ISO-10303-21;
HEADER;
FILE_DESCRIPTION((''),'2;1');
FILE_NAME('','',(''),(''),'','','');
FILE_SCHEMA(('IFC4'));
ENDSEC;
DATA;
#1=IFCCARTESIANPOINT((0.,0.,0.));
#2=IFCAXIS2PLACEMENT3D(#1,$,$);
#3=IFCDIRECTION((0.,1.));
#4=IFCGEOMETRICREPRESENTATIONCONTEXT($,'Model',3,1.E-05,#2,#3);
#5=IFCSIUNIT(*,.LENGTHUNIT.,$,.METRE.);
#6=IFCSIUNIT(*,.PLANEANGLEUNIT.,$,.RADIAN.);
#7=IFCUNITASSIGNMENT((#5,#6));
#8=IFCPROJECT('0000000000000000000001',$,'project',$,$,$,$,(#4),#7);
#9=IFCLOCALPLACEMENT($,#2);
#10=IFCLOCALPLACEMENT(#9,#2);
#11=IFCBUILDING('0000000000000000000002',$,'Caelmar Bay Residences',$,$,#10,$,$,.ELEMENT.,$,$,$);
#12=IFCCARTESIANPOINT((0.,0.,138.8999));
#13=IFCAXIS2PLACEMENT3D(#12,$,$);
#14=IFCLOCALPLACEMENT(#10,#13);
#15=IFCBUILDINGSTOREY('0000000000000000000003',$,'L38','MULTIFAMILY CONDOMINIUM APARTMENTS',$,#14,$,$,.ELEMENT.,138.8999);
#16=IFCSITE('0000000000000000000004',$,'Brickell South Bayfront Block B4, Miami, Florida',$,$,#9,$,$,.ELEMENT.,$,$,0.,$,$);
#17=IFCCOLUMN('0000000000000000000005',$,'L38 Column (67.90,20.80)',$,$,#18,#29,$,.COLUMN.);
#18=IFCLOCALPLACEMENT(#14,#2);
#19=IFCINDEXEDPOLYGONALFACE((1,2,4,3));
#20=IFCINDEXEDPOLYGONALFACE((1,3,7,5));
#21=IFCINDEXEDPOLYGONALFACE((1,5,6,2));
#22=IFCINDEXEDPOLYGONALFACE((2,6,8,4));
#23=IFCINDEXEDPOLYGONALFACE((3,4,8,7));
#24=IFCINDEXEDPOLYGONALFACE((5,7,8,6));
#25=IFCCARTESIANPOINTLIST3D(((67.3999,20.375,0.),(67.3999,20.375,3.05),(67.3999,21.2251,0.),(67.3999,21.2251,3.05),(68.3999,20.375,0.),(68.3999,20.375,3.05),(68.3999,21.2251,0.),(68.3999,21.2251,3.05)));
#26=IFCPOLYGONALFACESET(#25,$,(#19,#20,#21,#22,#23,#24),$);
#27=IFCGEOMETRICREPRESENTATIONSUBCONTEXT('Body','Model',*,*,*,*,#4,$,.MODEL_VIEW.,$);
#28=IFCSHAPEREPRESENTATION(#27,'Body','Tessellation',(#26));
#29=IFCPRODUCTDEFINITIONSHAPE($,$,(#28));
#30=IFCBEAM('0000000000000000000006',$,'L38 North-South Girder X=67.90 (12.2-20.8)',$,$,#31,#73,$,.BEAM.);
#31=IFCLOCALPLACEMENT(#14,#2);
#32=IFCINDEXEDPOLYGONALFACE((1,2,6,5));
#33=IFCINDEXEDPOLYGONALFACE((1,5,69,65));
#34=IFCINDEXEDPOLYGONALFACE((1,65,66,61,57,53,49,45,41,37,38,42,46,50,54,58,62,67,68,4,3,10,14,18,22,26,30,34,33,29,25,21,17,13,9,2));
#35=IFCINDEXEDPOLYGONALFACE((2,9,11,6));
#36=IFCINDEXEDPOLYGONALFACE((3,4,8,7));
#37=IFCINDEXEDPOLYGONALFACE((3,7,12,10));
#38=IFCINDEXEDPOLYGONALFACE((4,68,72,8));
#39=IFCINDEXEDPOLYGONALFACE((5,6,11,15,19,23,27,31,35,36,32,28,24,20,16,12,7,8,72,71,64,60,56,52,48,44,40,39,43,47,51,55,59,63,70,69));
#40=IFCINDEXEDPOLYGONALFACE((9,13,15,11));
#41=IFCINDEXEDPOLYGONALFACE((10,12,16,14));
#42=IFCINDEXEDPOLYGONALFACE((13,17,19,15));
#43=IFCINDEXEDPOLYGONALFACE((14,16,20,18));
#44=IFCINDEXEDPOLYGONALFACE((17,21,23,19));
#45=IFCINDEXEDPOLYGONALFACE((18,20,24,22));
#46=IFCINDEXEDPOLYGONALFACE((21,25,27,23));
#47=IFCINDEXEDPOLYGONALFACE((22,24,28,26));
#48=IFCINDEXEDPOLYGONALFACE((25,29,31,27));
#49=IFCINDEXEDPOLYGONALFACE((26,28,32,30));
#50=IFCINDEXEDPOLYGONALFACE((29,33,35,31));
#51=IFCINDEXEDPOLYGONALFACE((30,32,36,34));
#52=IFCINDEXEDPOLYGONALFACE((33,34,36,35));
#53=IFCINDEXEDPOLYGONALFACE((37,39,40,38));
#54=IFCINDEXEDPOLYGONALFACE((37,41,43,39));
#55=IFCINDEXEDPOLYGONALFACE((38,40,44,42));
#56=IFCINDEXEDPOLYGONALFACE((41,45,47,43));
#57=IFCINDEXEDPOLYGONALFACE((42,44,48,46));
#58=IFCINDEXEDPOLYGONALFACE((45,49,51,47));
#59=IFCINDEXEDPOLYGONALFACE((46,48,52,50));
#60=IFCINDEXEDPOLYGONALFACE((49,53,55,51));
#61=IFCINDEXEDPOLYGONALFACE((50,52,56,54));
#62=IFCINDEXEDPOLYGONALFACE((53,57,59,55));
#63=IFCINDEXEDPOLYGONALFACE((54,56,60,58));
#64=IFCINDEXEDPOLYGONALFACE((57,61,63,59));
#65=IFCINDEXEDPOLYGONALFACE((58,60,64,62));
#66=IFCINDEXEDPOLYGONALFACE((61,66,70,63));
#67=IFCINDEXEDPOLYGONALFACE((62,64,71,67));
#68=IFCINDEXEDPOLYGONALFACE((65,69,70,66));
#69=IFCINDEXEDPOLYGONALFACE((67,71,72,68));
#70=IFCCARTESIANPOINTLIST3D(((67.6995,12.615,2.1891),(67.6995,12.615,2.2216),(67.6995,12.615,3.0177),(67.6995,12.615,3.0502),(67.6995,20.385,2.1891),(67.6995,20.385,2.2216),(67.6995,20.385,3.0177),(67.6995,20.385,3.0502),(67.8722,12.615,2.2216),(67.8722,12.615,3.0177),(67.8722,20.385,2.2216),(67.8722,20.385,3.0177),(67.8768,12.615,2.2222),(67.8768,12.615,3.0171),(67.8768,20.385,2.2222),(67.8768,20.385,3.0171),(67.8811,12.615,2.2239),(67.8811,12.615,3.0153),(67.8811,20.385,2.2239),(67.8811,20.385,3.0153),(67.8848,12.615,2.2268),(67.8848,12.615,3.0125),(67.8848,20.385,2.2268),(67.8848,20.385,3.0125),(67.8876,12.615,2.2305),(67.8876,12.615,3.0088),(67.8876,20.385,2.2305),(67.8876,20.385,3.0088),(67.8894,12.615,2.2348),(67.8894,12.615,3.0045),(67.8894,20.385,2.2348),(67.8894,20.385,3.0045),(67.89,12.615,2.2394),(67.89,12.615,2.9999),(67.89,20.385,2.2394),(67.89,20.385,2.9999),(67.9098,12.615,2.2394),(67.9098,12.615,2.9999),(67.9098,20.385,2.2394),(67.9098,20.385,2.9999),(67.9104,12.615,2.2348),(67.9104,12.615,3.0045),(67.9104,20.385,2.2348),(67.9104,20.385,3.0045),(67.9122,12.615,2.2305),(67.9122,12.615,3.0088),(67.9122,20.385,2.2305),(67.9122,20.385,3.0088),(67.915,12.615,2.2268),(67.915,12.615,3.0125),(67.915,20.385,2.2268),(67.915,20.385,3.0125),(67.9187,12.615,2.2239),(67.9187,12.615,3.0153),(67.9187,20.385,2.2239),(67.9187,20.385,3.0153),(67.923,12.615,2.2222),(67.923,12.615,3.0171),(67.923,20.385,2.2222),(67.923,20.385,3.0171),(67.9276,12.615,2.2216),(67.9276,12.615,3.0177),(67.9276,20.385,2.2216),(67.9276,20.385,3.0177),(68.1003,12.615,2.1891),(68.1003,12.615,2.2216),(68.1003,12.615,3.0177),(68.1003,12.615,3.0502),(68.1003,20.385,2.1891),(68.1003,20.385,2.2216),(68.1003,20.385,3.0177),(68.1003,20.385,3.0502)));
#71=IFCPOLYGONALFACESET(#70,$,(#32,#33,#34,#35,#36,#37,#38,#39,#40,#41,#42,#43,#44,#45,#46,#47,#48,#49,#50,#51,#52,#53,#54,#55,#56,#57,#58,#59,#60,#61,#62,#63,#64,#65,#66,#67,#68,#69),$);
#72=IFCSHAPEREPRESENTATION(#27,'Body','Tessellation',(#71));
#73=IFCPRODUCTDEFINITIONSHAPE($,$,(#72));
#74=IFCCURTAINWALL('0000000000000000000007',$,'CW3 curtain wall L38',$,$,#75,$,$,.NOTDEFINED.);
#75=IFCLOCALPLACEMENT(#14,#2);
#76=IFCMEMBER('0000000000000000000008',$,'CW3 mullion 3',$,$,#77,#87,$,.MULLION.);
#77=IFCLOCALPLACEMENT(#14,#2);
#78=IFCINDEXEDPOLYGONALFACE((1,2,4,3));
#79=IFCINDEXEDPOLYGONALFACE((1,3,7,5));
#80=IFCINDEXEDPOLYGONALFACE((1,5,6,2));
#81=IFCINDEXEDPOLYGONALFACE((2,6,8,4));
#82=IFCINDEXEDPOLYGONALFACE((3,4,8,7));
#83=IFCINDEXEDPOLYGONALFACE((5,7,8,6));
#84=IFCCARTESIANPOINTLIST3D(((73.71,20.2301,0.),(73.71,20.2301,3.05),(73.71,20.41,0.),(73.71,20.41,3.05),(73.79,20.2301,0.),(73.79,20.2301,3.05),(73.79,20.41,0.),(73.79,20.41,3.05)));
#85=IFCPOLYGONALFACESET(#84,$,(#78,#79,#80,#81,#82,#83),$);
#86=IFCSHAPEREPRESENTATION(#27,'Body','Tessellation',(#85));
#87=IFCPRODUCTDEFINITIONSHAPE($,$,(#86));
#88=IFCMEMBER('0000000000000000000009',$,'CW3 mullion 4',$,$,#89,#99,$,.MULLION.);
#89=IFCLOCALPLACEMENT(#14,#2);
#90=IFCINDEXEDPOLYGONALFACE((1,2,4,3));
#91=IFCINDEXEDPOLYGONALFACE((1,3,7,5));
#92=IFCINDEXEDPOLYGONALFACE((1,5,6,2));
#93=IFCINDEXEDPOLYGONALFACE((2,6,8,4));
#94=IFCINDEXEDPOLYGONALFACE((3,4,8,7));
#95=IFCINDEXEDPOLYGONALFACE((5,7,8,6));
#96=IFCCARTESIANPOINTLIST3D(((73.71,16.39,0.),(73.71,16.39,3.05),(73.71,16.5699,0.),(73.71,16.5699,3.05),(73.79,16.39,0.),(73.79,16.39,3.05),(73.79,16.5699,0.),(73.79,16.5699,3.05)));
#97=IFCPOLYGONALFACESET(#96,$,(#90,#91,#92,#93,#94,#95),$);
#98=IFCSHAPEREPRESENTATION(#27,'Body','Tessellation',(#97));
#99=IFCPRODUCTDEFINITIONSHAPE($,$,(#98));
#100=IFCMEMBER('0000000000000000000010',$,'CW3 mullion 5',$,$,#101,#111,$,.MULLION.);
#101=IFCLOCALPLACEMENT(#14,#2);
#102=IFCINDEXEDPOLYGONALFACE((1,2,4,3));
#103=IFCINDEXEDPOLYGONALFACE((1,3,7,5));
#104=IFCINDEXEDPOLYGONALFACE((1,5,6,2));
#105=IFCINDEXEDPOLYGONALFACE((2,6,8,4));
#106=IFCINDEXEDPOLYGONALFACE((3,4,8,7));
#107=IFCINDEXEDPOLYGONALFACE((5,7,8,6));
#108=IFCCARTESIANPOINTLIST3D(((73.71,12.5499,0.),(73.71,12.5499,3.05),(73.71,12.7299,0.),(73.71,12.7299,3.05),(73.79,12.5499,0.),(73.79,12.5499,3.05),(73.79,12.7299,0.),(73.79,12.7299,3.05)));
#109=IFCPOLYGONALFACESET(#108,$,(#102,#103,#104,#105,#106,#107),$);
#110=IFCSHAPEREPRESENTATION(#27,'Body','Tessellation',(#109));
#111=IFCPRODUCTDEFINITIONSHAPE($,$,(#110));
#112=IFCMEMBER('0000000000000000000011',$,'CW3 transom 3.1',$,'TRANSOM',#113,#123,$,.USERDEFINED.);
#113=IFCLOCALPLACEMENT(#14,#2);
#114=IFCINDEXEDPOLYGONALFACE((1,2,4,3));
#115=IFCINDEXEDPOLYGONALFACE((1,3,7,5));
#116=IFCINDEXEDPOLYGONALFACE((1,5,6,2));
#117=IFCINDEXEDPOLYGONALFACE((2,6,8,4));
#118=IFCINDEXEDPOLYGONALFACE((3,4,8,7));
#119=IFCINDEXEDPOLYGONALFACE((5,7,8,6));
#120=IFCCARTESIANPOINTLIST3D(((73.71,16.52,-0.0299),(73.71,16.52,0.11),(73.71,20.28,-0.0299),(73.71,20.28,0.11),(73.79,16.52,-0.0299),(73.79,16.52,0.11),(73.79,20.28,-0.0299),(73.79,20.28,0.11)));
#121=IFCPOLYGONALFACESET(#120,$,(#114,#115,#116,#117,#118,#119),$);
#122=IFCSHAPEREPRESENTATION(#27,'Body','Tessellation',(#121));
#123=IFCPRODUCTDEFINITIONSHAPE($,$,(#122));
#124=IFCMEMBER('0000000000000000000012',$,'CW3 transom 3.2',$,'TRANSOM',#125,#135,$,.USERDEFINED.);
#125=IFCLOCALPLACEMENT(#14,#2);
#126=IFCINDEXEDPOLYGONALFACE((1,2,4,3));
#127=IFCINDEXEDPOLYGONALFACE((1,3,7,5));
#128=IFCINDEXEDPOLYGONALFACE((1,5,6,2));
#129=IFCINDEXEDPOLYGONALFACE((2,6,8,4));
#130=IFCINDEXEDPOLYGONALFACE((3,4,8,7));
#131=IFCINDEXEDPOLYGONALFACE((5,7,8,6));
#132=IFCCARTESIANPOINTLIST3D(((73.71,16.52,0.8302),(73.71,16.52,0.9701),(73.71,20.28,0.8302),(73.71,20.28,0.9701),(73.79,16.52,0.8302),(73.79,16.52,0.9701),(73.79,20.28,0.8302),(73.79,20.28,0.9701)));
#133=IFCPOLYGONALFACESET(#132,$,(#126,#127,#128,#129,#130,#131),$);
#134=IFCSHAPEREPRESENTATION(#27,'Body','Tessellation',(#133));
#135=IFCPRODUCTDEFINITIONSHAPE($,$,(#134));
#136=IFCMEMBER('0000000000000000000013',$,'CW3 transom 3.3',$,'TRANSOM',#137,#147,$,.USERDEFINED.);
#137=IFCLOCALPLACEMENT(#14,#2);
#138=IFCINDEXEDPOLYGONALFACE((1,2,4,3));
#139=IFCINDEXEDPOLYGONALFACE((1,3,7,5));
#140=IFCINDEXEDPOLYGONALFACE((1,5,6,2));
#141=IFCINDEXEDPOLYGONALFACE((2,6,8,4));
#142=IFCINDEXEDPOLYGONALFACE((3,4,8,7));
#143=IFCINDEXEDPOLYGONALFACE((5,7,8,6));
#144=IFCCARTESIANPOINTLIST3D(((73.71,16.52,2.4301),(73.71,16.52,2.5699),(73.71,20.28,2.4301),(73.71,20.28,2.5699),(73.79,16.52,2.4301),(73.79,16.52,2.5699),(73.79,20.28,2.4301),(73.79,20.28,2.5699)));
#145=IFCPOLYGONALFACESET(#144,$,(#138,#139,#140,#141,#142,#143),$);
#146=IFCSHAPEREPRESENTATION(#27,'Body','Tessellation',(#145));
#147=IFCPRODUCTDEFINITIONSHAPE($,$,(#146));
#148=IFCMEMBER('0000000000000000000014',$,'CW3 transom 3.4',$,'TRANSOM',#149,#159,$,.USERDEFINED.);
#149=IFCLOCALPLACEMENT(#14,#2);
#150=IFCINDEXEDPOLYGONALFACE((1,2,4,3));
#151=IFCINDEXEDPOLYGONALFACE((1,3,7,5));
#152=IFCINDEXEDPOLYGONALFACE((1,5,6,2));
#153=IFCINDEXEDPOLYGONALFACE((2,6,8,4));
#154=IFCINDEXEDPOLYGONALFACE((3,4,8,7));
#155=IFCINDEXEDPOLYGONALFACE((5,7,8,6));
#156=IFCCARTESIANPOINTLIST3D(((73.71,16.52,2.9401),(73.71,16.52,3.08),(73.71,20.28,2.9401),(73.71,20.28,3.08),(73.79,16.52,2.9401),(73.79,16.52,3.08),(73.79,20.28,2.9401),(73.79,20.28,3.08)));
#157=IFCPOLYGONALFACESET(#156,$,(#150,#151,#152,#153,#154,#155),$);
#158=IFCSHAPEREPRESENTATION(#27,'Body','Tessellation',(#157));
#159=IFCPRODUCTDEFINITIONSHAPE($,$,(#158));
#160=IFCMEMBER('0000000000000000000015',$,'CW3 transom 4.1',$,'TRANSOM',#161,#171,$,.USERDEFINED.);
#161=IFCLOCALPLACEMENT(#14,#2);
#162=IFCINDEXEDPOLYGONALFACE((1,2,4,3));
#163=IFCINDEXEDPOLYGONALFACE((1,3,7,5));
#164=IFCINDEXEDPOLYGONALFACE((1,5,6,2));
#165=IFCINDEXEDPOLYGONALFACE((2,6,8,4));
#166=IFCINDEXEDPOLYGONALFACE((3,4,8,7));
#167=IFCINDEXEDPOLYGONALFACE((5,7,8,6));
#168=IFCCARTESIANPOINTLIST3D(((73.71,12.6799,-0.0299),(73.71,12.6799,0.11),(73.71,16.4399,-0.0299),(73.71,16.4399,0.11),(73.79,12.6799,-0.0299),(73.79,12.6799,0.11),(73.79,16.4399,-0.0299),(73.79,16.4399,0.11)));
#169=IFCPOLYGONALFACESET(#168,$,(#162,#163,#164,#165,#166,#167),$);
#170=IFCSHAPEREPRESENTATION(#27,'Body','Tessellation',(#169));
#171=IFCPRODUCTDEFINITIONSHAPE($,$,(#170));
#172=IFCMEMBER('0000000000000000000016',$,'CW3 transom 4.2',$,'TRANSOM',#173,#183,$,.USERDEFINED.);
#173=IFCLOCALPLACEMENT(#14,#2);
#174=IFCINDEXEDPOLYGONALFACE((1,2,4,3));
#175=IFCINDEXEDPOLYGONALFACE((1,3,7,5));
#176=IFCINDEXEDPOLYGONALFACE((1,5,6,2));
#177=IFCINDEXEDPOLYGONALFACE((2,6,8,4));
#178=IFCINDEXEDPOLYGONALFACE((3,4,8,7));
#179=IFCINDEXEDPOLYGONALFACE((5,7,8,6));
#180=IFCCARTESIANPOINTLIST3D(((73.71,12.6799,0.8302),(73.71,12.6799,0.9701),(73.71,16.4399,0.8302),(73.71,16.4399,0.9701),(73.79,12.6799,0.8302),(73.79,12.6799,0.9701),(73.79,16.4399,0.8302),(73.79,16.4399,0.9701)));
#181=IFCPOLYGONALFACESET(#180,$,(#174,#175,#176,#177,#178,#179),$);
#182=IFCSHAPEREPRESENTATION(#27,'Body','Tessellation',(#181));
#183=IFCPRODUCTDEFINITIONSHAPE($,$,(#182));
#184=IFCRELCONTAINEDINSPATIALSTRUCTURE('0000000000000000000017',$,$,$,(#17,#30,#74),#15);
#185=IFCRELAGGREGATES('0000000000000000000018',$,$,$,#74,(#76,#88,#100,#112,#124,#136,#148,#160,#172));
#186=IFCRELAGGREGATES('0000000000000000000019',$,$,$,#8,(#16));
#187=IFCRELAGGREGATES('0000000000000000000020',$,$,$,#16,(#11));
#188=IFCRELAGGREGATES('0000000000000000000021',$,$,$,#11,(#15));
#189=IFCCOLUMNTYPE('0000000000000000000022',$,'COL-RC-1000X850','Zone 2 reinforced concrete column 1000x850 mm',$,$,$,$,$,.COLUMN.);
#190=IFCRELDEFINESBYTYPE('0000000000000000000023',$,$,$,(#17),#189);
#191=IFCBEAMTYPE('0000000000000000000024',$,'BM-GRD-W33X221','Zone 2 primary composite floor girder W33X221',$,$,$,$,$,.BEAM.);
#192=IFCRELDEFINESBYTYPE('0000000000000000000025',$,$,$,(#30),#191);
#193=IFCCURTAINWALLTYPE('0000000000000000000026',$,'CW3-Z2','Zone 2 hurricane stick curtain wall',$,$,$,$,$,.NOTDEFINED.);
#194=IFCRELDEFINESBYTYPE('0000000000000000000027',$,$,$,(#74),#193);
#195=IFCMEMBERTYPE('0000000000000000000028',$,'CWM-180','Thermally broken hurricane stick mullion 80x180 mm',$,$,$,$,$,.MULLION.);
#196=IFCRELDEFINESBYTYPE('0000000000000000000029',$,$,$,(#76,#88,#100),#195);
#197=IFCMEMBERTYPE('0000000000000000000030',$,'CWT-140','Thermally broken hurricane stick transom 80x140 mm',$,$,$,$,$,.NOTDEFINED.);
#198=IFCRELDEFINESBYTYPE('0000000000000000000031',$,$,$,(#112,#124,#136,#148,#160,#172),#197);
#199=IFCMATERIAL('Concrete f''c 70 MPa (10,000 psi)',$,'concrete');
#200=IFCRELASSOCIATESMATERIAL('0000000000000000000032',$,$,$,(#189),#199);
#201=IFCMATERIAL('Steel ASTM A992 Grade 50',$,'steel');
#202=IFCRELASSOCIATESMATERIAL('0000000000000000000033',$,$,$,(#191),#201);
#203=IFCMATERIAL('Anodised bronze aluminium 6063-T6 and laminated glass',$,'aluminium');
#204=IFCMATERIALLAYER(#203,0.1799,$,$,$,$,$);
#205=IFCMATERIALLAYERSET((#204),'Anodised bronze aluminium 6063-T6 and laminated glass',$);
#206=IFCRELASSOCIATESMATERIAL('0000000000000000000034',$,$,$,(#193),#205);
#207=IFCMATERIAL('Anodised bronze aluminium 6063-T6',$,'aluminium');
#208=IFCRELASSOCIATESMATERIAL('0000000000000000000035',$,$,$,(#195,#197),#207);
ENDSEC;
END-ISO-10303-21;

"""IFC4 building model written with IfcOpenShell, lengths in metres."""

from ifc_helpers import new_model, si_unit, direction, frame, origin, origin_2d, place, context, subcontext, project, spatial, rectangle, i_section, extrude, material, layer, layer_set, material_profile, profile_set, type_object, element, aggregate, save


model = new_model("IFC4")

# Units and contexts
model_context = context("Model", 3, precision=1e-05, world=origin(), true_north=direction((0.0, 1.0)))
body_context = subcontext(model_context, "Body", "Model", "MODEL_VIEW")
ifc_project = project(units=[si_unit("LENGTHUNIT", "METRE"), si_unit("PLANEANGLEUNIT", "RADIAN")], contexts=[model_context])

# Site, building, storey
site_placement = place(None, origin())
site = spatial("IfcSite", under=ifc_project, at=site_placement, Name="Brickell South Bayfront Block B4, Miami, Florida", CompositionType="ELEMENT", RefElevation=0.0)
building_placement = place(site_placement, origin())
building = spatial("IfcBuilding", under=site, at=building_placement, Name="Caelmar Bay Residences", CompositionType="ELEMENT")
storey_placement = place(building_placement, frame((0.0, 0.0, 138.8999)))
storey = spatial("IfcBuildingStorey", under=building, at=storey_placement, Name="L38", Description="MULTIFAMILY CONDOMINIUM APARTMENTS", CompositionType="ELEMENT", Elevation=138.8999)

# Column
ifc_material_1 = material(Name="Concrete f'c 70 MPa (10,000 psi)", Category="concrete")
ifc_material_profile_1 = material_profile(ifc_material_1, rectangle(XDim=1.0, YDim=0.8501, at=origin_2d()), Name="RC-COL-1000X850")
ifc_profile_set_1 = profile_set([ifc_material_profile_1], Name="Concrete f'c 70 MPa (10,000 psi)")
column_type = type_object("IfcColumnType", Name="COL-RC-1000X850", Description="Zone 2 reinforced concrete column 1000x850 mm", PredefinedType="COLUMN", material=ifc_profile_set_1)
column_placement = place(storey_placement, frame((67.8999, 20.8, 0.0), z_axis=(0.0, 0.0, 1.0), x_axis=(1.0, 0.0, 0.0)))
element("IfcColumn", 1, at=column_placement, inside=storey, type_object=column_type, Name="L38 Column (67.90,20.80)", PredefinedType="COLUMN", context=body_context, shape_type="SweptSolid", body=[
    extrude(rectangle(XDim=1.0, YDim=0.8501, at=origin_2d()), origin(), (0.0, 0.0, 1.0), 3.05),
])

# Beam
ifc_material_2 = material(Name="Steel ASTM A992 Grade 50", Category="steel")
ifc_material_profile_2 = material_profile(ifc_material_2, i_section(OverallWidth=0.4009, OverallDepth=0.8611, WebThickness=0.0198, FlangeThickness=0.0325, FilletRadius=0.0178, at=origin_2d()), Name="W33X221")
ifc_profile_set_2 = profile_set([ifc_material_profile_2], Name="Steel ASTM A992 Grade 50")
beam_type = type_object("IfcBeamType", Name="BM-GRD-W33X221", Description="Zone 2 primary composite floor girder W33X221", PredefinedType="BEAM", material=ifc_profile_set_2)
beam_placement = place(storey_placement, frame((67.8999, 12.615, 2.6196), z_axis=(0.0, 1.0, 0.0), x_axis=(-1.0, 0.0, 0.0)))
element("IfcBeam", 2, at=beam_placement, inside=storey, type_object=beam_type, Name="L38 North-South Girder X=67.90 (12.2-20.8)", PredefinedType="BEAM", context=body_context, shape_type="SweptSolid", body=[
    extrude(i_section(OverallWidth=0.4009, OverallDepth=0.8611, WebThickness=0.0198, FlangeThickness=0.0325, FilletRadius=0.0178, at=origin_2d()), origin(), (0.0, 0.0, 1.0), 7.77),
])

# Curtain wall, members
ifc_material_3 = material(Name="Anodised bronze aluminium 6063-T6 and laminated glass", Category="aluminium")
ifc_layer_1 = layer(ifc_material_3, 0.1799)
ifc_layer_set_1 = layer_set([ifc_layer_1], Name="Anodised bronze aluminium 6063-T6 and laminated glass")
curtain_wall_type = type_object("IfcCurtainWallType", Name="CW3-Z2", Description="Zone 2 hurricane stick curtain wall", PredefinedType="NOTDEFINED", material=ifc_layer_set_1)
curtain_wall_placement = place(storey_placement, origin())
curtain_wall = element("IfcCurtainWall", 3, at=curtain_wall_placement, inside=storey, type_object=curtain_wall_type, Name="CW3 curtain wall L38", PredefinedType="NOTDEFINED")
ifc_material_4 = material(Name="Anodised bronze aluminium 6063-T6", Category="aluminium")
ifc_material_profile_3 = material_profile(ifc_material_4, rectangle(XDim=0.0801, YDim=0.1799, at=origin_2d()), Name="CWM-80X180")
ifc_profile_set_3 = profile_set([ifc_material_profile_3], Name="Anodised bronze aluminium 6063-T6")
member_type_1 = type_object("IfcMemberType", Name="CWM-180", Description="Thermally broken hurricane stick mullion 80x180 mm", PredefinedType="MULLION", material=ifc_profile_set_3)
member_1_placement = place(storey_placement, frame((73.75, 20.3201, 0.0), z_axis=(0.0, 0.0, 1.0), x_axis=(1.0, 0.0, 0.0)))
member_1 = element("IfcMember", 4, at=member_1_placement, type_object=member_type_1, Name="CW3 mullion 3", PredefinedType="MULLION", context=body_context, shape_type="SweptSolid", body=[
    extrude(rectangle(XDim=0.0801, YDim=0.1799, at=origin_2d()), origin(), (0.0, 0.0, 1.0), 3.05),
])
member_2_placement = place(storey_placement, frame((73.75, 16.48, 0.0), z_axis=(0.0, 0.0, 1.0), x_axis=(1.0, 0.0, 0.0)))
member_2 = element("IfcMember", 5, at=member_2_placement, type_object=member_type_1, Name="CW3 mullion 4", PredefinedType="MULLION", context=body_context, shape_type="SweptSolid", body=[
    extrude(rectangle(XDim=0.0801, YDim=0.1799, at=origin_2d()), origin(), (0.0, 0.0, 1.0), 3.05),
])
member_3_placement = place(storey_placement, frame((73.75, 12.6399, 0.0), z_axis=(0.0, 0.0, 1.0), x_axis=(1.0, 0.0, 0.0)))
member_3 = element("IfcMember", 6, at=member_3_placement, type_object=member_type_1, Name="CW3 mullion 5", PredefinedType="MULLION", context=body_context, shape_type="SweptSolid", body=[
    extrude(rectangle(XDim=0.0801, YDim=0.1799, at=origin_2d()), origin(), (0.0, 0.0, 1.0), 3.05),
])
ifc_material_profile_4 = material_profile(ifc_material_4, rectangle(XDim=0.0801, YDim=0.1399, at=origin_2d()), Name="CWT-80X140")
ifc_profile_set_4 = profile_set([ifc_material_profile_4], Name="Anodised bronze aluminium 6063-T6")
member_type_2 = type_object("IfcMemberType", Name="CWT-140", Description="Thermally broken hurricane stick transom 80x140 mm", PredefinedType="NOTDEFINED", material=ifc_profile_set_4)
member_4_placement = place(storey_placement, frame((73.75, 20.28, 0.04), z_axis=(0.0, -1.0, 0.0), x_axis=(1.0, 0.0, 0.0)))
member_4 = element("IfcMember", 7, at=member_4_placement, type_object=member_type_2, Name="CW3 transom 3.1", ObjectType="TRANSOM", PredefinedType="USERDEFINED", context=body_context, shape_type="SweptSolid", body=[
    extrude(rectangle(XDim=0.0801, YDim=0.1399, at=origin_2d()), origin(), (0.0, 0.0, 1.0), 3.76),
])
member_5_placement = place(storey_placement, frame((73.75, 20.28, 0.9001), z_axis=(0.0, -1.0, 0.0), x_axis=(1.0, 0.0, 0.0)))
member_5 = element("IfcMember", 8, at=member_5_placement, type_object=member_type_2, Name="CW3 transom 3.2", ObjectType="TRANSOM", PredefinedType="USERDEFINED", context=body_context, shape_type="SweptSolid", body=[
    extrude(rectangle(XDim=0.0801, YDim=0.1399, at=origin_2d()), origin(), (0.0, 0.0, 1.0), 3.76),
])
member_6_placement = place(storey_placement, frame((73.75, 20.28, 2.5), z_axis=(0.0, -1.0, 0.0), x_axis=(1.0, 0.0, 0.0)))
member_6 = element("IfcMember", 9, at=member_6_placement, type_object=member_type_2, Name="CW3 transom 3.3", ObjectType="TRANSOM", PredefinedType="USERDEFINED", context=body_context, shape_type="SweptSolid", body=[
    extrude(rectangle(XDim=0.0801, YDim=0.1399, at=origin_2d()), origin(), (0.0, 0.0, 1.0), 3.76),
])
member_7_placement = place(storey_placement, frame((73.75, 20.28, 3.01), z_axis=(0.0, -1.0, 0.0), x_axis=(1.0, 0.0, 0.0)))
member_7 = element("IfcMember", 10, at=member_7_placement, type_object=member_type_2, Name="CW3 transom 3.4", ObjectType="TRANSOM", PredefinedType="USERDEFINED", context=body_context, shape_type="SweptSolid", body=[
    extrude(rectangle(XDim=0.0801, YDim=0.1399, at=origin_2d()), origin(), (0.0, 0.0, 1.0), 3.76),
])
member_8_placement = place(storey_placement, frame((73.75, 16.4399, 0.04), z_axis=(0.0, -1.0, 0.0), x_axis=(1.0, 0.0, 0.0)))
member_8 = element("IfcMember", 11, at=member_8_placement, type_object=member_type_2, Name="CW3 transom 4.1", ObjectType="TRANSOM", PredefinedType="USERDEFINED", context=body_context, shape_type="SweptSolid", body=[
    extrude(rectangle(XDim=0.0801, YDim=0.1399, at=origin_2d()), origin(), (0.0, 0.0, 1.0), 3.76),
])
member_9_placement = place(storey_placement, frame((73.75, 16.4399, 0.9001), z_axis=(0.0, -1.0, 0.0), x_axis=(1.0, 0.0, 0.0)))
member_9 = element("IfcMember", 12, at=member_9_placement, type_object=member_type_2, Name="CW3 transom 4.2", ObjectType="TRANSOM", PredefinedType="USERDEFINED", context=body_context, shape_type="SweptSolid", body=[
    extrude(rectangle(XDim=0.0801, YDim=0.1399, at=origin_2d()), origin(), (0.0, 0.0, 1.0), 3.76),
])
aggregate(curtain_wall, [member_1, member_2, member_3, member_4, member_5, member_6, member_7, member_8, member_9])

save(model, "model.ifc")
